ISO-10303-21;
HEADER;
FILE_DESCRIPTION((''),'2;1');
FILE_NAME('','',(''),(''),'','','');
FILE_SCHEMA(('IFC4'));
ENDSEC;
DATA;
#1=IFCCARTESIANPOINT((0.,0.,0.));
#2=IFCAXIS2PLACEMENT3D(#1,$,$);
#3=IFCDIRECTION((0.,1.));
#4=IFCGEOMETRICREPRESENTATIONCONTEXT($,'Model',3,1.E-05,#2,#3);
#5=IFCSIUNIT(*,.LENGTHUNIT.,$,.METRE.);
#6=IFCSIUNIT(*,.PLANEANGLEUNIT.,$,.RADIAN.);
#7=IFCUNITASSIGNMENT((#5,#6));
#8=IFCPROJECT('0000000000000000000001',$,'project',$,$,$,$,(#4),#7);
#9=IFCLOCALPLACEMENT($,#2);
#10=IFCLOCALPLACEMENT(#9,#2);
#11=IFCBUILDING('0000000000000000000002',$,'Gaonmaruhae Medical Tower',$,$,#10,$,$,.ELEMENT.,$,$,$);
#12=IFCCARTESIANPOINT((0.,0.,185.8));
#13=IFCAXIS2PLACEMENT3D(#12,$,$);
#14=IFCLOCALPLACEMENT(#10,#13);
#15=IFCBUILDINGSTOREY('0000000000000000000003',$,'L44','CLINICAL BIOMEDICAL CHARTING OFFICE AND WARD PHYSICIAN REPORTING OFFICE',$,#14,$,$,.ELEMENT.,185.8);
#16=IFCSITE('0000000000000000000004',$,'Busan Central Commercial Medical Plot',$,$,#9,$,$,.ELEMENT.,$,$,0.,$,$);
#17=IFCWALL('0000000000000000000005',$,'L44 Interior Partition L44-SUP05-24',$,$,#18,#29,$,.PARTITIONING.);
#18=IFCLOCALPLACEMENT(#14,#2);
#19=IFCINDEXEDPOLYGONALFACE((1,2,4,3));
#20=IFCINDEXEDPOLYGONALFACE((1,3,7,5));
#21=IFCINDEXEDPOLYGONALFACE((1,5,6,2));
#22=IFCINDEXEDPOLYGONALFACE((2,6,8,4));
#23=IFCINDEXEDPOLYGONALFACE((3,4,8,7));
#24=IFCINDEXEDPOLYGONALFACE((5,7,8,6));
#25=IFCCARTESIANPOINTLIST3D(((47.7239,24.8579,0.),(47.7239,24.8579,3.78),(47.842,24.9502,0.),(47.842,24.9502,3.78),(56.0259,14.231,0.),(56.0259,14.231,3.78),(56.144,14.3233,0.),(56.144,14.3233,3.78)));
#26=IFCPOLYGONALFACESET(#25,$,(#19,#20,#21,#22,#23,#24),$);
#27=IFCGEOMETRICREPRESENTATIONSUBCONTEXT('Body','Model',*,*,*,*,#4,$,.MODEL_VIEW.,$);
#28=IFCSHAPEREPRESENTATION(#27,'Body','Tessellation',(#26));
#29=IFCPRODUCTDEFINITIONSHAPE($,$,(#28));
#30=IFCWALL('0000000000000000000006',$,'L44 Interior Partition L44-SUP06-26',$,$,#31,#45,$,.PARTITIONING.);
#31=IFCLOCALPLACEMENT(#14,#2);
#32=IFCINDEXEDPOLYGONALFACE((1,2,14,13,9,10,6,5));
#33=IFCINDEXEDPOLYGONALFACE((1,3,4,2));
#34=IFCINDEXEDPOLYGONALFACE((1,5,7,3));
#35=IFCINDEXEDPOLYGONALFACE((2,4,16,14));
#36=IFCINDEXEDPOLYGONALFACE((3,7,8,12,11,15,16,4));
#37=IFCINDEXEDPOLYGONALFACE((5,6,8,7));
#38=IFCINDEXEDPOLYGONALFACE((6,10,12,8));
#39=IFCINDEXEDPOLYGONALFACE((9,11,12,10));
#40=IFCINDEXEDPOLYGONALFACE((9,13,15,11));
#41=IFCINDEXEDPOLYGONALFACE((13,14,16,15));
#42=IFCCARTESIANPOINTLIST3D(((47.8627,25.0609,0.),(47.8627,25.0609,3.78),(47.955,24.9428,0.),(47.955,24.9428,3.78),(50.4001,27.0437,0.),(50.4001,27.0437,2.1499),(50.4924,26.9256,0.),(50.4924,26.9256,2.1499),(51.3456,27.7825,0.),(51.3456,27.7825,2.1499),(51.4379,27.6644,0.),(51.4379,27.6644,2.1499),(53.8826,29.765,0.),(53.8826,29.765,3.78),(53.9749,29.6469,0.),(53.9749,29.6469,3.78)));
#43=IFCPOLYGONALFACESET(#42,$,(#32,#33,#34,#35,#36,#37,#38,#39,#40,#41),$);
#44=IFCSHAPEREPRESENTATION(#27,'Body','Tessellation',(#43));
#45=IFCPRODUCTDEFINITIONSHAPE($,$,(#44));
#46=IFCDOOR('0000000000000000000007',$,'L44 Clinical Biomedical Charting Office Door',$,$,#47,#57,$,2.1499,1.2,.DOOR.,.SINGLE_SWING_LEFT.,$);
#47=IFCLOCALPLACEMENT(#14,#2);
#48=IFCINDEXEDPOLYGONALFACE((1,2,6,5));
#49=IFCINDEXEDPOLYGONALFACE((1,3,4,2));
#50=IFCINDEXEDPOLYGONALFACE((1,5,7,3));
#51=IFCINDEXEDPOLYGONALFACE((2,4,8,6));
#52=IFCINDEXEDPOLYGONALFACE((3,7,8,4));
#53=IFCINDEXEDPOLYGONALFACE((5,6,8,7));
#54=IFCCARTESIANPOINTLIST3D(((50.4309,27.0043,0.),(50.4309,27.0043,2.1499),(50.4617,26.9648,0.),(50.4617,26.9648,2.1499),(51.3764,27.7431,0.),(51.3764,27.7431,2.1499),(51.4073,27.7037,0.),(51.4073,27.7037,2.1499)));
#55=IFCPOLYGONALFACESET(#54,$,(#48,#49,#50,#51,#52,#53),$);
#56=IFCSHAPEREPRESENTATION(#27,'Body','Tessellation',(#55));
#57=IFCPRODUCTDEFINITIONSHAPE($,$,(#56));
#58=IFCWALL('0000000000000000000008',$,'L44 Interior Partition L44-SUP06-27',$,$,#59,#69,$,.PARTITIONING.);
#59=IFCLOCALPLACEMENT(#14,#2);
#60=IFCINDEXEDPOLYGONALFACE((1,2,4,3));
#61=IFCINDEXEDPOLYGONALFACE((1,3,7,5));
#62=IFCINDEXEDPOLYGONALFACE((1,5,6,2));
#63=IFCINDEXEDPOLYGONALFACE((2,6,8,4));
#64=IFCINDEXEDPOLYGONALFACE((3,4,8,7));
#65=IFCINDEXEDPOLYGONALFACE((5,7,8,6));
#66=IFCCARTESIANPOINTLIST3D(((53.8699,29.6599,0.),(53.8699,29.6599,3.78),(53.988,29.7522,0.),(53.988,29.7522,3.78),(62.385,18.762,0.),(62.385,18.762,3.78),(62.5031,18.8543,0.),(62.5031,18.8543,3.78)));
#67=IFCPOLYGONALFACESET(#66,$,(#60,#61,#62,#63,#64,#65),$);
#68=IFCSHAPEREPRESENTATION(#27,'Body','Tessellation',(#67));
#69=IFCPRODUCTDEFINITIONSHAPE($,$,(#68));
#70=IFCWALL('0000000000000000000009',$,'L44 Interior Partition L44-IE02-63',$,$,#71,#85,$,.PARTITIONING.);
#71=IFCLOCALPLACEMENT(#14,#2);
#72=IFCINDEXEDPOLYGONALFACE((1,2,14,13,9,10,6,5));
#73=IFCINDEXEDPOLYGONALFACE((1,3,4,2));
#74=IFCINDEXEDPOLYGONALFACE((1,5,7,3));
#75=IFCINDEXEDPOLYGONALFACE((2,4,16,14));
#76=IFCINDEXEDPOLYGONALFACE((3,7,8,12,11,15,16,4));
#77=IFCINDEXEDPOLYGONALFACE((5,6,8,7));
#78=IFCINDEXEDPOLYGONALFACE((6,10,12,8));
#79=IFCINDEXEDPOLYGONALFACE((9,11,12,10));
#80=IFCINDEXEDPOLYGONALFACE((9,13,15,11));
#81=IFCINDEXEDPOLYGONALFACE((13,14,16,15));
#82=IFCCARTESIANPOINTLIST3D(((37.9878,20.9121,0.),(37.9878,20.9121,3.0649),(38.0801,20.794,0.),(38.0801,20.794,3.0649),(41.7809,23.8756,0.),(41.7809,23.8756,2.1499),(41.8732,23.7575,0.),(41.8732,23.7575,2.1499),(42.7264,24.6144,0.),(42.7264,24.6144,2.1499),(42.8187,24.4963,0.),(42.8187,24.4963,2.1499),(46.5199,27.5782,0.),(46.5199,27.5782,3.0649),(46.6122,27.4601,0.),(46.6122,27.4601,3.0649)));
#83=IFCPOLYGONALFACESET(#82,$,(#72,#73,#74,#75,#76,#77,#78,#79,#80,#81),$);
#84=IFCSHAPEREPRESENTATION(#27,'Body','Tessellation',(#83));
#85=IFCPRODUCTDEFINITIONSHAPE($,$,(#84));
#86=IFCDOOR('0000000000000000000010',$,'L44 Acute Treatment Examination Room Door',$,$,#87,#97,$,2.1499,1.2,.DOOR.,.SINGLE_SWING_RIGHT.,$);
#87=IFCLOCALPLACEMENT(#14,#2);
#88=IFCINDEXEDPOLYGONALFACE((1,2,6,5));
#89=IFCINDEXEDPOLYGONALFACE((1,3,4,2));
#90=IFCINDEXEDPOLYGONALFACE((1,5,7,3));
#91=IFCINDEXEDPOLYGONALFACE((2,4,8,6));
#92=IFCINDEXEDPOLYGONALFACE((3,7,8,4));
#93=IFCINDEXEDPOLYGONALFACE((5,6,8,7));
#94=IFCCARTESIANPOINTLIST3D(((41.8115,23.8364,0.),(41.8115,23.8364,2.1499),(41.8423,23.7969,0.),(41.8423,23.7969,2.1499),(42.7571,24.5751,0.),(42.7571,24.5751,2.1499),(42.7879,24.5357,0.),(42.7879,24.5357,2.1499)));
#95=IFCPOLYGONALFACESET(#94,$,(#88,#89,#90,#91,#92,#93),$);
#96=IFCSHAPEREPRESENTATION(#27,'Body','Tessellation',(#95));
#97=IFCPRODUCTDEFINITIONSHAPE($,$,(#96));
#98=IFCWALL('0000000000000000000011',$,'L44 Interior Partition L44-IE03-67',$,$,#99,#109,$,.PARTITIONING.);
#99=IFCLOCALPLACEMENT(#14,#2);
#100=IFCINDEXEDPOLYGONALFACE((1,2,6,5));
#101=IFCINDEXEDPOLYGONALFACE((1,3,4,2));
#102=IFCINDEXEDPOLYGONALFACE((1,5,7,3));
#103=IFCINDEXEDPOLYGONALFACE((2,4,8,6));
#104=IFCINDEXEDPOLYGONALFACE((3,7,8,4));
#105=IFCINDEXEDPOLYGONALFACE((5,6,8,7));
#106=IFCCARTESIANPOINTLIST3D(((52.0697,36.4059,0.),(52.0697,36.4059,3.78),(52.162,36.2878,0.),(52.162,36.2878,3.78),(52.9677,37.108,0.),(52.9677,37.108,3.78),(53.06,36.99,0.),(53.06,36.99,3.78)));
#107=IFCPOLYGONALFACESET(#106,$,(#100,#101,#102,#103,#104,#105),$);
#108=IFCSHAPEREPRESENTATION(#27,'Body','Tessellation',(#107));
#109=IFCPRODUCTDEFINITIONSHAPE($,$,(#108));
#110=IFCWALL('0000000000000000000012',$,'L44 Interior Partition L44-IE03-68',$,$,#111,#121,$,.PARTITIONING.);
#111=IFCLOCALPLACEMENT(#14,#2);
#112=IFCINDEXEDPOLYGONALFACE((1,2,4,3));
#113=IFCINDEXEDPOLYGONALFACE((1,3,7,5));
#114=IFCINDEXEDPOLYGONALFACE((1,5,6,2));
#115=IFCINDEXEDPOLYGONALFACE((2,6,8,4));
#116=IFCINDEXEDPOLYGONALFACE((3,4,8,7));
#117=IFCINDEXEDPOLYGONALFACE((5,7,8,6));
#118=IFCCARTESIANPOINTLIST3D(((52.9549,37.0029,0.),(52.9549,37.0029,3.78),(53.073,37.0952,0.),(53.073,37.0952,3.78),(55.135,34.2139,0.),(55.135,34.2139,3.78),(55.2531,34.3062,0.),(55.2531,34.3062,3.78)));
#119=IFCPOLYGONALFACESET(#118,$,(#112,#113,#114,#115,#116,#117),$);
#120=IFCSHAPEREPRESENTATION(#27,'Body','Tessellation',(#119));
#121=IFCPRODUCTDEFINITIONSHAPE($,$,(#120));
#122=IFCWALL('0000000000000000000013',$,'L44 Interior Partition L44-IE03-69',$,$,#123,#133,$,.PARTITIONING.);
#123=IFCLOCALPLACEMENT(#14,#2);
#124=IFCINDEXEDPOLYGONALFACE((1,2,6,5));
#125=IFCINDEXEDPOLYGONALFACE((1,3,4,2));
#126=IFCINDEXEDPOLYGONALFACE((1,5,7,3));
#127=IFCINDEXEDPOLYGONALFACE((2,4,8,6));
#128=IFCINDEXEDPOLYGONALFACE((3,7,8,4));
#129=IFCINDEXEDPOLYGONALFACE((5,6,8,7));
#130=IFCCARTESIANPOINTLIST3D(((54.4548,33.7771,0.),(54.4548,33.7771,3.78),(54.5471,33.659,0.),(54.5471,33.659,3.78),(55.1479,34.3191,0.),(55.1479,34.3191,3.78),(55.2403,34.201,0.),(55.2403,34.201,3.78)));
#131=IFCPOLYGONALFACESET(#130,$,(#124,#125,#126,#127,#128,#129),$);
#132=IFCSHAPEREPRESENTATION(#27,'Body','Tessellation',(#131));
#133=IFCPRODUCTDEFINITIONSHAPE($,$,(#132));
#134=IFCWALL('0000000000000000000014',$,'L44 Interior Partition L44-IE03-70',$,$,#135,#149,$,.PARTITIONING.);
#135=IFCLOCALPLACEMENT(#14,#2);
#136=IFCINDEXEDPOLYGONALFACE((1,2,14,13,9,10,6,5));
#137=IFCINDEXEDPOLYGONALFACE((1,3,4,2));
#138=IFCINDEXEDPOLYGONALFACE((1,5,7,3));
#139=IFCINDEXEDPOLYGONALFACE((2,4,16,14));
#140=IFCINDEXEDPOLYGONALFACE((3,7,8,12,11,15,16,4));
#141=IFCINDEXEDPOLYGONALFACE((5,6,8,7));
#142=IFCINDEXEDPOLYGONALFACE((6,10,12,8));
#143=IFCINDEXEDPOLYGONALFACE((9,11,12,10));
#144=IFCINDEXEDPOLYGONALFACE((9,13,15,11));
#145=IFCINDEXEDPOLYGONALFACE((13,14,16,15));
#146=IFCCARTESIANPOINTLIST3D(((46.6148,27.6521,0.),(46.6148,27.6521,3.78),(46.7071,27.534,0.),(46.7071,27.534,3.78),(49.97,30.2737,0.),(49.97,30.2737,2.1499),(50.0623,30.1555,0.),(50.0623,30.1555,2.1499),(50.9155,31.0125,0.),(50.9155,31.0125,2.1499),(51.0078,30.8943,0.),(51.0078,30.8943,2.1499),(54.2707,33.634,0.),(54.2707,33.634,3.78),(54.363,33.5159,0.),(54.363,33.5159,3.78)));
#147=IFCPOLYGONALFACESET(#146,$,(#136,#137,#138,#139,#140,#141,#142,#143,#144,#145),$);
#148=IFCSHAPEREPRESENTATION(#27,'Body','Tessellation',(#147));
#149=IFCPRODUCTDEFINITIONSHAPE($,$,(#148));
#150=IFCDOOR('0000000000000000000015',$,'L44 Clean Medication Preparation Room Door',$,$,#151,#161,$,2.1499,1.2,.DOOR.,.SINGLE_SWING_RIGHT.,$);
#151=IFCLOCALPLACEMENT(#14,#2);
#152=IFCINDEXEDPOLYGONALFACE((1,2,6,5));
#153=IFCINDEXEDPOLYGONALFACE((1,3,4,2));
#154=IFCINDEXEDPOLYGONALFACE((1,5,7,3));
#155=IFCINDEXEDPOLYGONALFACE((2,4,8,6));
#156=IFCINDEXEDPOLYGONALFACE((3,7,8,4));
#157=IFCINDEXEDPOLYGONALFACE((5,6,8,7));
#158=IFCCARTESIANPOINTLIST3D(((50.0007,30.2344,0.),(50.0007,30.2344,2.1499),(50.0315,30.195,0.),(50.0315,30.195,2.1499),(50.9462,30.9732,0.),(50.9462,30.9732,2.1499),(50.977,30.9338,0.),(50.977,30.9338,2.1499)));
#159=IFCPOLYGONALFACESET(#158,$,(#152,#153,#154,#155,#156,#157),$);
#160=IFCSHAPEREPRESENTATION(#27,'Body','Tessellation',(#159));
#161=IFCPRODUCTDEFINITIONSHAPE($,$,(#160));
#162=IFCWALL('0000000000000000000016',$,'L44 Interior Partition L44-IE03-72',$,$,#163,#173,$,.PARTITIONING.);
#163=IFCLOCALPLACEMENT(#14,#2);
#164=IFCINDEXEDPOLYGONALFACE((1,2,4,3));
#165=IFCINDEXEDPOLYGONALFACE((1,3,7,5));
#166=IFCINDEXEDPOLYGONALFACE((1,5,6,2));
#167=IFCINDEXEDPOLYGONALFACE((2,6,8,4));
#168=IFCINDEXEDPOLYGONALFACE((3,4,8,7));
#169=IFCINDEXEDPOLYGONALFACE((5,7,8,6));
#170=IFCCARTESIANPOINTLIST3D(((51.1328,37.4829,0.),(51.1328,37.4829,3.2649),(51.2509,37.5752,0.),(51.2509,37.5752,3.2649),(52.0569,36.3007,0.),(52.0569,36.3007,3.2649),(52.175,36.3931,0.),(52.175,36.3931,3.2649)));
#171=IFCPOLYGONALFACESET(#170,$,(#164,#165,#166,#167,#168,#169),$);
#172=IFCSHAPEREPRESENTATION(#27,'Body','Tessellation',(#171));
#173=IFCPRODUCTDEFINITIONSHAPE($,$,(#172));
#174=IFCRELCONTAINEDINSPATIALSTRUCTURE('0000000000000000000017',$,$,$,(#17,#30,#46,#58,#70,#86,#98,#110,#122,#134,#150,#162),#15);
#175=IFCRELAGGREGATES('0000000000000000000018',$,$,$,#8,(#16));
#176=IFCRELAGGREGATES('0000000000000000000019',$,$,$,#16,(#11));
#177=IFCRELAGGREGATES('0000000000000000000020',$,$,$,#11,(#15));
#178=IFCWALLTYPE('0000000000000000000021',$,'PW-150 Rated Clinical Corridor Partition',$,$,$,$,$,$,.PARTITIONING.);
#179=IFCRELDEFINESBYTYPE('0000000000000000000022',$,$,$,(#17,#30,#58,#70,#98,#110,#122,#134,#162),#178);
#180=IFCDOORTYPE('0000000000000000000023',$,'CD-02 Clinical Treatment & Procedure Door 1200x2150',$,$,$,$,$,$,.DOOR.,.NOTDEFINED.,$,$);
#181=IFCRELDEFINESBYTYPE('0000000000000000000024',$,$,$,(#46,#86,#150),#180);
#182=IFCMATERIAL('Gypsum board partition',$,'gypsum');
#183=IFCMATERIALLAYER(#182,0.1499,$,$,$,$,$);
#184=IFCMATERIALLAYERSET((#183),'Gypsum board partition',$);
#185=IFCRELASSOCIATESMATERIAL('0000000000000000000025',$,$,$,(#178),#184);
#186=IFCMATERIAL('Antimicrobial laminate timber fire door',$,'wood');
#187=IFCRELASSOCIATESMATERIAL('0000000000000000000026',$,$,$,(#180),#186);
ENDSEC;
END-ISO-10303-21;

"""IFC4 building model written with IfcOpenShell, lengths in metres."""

from ifc_helpers import new_model, si_unit, direction, frame, frame_2d, origin, place, context, subcontext, project, spatial, rectangle, extrude, material, layer, layer_set, type_object, element, fill, save


model = new_model("IFC4")

# Units and contexts
model_context = context("Model", 3, precision=1e-05, world=origin(), true_north=direction((0.0, 1.0)))
body_context = subcontext(model_context, "Body", "Model", "MODEL_VIEW")
ifc_project = project(units=[si_unit("LENGTHUNIT", "METRE"), si_unit("PLANEANGLEUNIT", "RADIAN")], contexts=[model_context])

# Site, building, storey
site_placement = place(None, origin())
site = spatial("IfcSite", under=ifc_project, at=site_placement, Name="Busan Central Commercial Medical Plot", CompositionType="ELEMENT", RefElevation=0.0)
building_placement = place(site_placement, origin())
building = spatial("IfcBuilding", under=site, at=building_placement, Name="Gaonmaruhae Medical Tower", CompositionType="ELEMENT")
storey_placement = place(building_placement, frame((0.0, 0.0, 185.8)))
storey = spatial("IfcBuildingStorey", under=building, at=storey_placement, Name="L44", Description="CLINICAL BIOMEDICAL CHARTING OFFICE AND WARD PHYSICIAN REPORTING OFFICE", CompositionType="ELEMENT", Elevation=185.8)

# Wall
ifc_material_1 = material(Name="Gypsum board partition", Category="gypsum")
ifc_layer_1 = layer(ifc_material_1, 0.1499)
ifc_layer_set_1 = layer_set([ifc_layer_1], Name="Gypsum board partition")
wall_type_1 = type_object("IfcWallType", Name="PW-150 Rated Clinical Corridor Partition", PredefinedType="PARTITIONING", material=ifc_layer_set_1)
wall_1_placement = place(storey_placement, frame((47.783, 24.9041, 0.0), z_axis=(0.0, 0.0, 1.0), x_axis=(0.61563, -0.788035, 0.0)))
element("IfcWall", 1, at=wall_1_placement, inside=storey, type_object=wall_type_1, Name="L44 Interior Partition L44-SUP05-24", PredefinedType="PARTITIONING", context=body_context, shape_type="SweptSolid", body=[
    extrude(rectangle(XDim=13.4854, YDim=0.1499, at=frame_2d((6.7427, 0.0))), origin(), (0.0, 0.0, 1.0), 3.78),
])

# Wall, opening, door
wall_2_placement = place(storey_placement, frame((47.9089, 25.002, 0.0), z_axis=(0.0, 0.0, 1.0), x_axis=(0.787963, 0.615722, 0.0)))
wall_2 = element("IfcWall", 2, at=wall_2_placement, inside=storey, type_object=wall_type_1, Name="L44 Interior Partition L44-SUP06-26", PredefinedType="PARTITIONING", context=body_context, shape_type="SweptSolid", body=[
    extrude(rectangle(XDim=7.6399, YDim=0.1499, at=frame_2d((3.8198, 0.0))), origin(), (0.0, 0.0, 1.0), 3.78),
])
opening_1_placement = place(wall_2_placement, frame((3.22, 0.0, 0.0)))
opening_1 = element("IfcOpeningElement", 3, at=opening_1_placement, cuts=wall_2, PredefinedType="OPENING", context=body_context, shape_type="SweptSolid", body=[
    extrude(rectangle(XDim=1.2, YDim=2.1499, at=frame_2d((0.6001, 1.075))), frame((0.0, 0.085, 0.0), z_axis=(0.0, -1.0, 0.0), x_axis=(1.0, 0.0, 0.0)), (0.0, 0.0, 1.0), 0.1699),
])
ifc_material_2 = material(Name="Antimicrobial laminate timber fire door", Category="wood")
door_type_1 = type_object("IfcDoorType", Name="CD-02 Clinical Treatment & Procedure Door 1200x2150", OperationType="NOTDEFINED", PredefinedType="DOOR", material=ifc_material_2)
door_1_placement = place(opening_1_placement, origin())
door_1 = element("IfcDoor", 4, at=door_1_placement, inside=storey, type_object=door_type_1, Name="L44 Clinical Biomedical Charting Office Door", OperationType="SINGLE_SWING_LEFT", OverallHeight=2.1499, OverallWidth=1.2, PredefinedType="DOOR", context=body_context, shape_type="SweptSolid", body=[
    extrude(rectangle(XDim=1.2, YDim=2.1499, at=frame_2d((0.6001, 1.075))), frame((0.0, 0.0249, 0.0), z_axis=(0.0, -1.0, 0.0), x_axis=(1.0, 0.0, 0.0)), (0.0, 0.0, 1.0), 0.05),
])
fill(opening_1, door_1)

# Wall
wall_3_placement = place(storey_placement, frame((53.929, 29.7061, 0.0), z_axis=(0.0, 0.0, 1.0), x_axis=(0.615694, -0.787985, 0.0)))
element("IfcWall", 5, at=wall_3_placement, inside=storey, type_object=wall_type_1, Name="L44 Interior Partition L44-SUP06-27", PredefinedType="PARTITIONING", context=body_context, shape_type="SweptSolid", body=[
    extrude(rectangle(XDim=13.8301, YDim=0.1499, at=frame_2d((6.915, 0.0))), origin(), (0.0, 0.0, 1.0), 3.78),
])

# Wall, opening, door
wall_4_placement = place(storey_placement, frame((46.5659, 27.519, 0.0), z_axis=(0.0, 0.0, 1.0), x_axis=(-0.788006, -0.615667, 0.0)))
wall_4 = element("IfcWall", 6, at=wall_4_placement, inside=storey, type_object=wall_type_1, Name="L44 Interior Partition L44-IE02-63", PredefinedType="PARTITIONING", context=body_context, shape_type="SweptSolid", body=[
    extrude(rectangle(XDim=10.8274, YDim=0.1499, at=frame_2d((5.4136, 0.0))), origin(), (0.0, 0.0, 1.0), 3.0649),
])
opening_2_placement = place(wall_4_placement, frame((4.8137, 0.0, 0.0)))
opening_2 = element("IfcOpeningElement", 7, at=opening_2_placement, cuts=wall_4, PredefinedType="OPENING", context=body_context, shape_type="SweptSolid", body=[
    extrude(rectangle(XDim=1.2, YDim=2.1499, at=frame_2d((0.6001, 1.075))), frame((0.0, 0.085, 0.0), z_axis=(0.0, -1.0, 0.0), x_axis=(1.0, 0.0, 0.0)), (0.0, 0.0, 1.0), 0.1699),
])
door_2_placement = place(opening_2_placement, origin())
door_2 = element("IfcDoor", 8, at=door_2_placement, inside=storey, type_object=door_type_1, Name="L44 Acute Treatment Examination Room Door", OperationType="SINGLE_SWING_RIGHT", OverallHeight=2.1499, OverallWidth=1.2, PredefinedType="DOOR", context=body_context, shape_type="SweptSolid", body=[
    extrude(rectangle(XDim=1.2, YDim=2.1499, at=frame_2d((0.6001, 1.075))), frame((0.0, 0.0249, 0.0), z_axis=(0.0, -1.0, 0.0), x_axis=(1.0, 0.0, 0.0)), (0.0, 0.0, 1.0), 0.05),
])
fill(opening_2, door_2)

# Walls
wall_5_placement = place(storey_placement, frame((52.116, 36.3469, 0.0), z_axis=(0.0, 0.0, 1.0), x_axis=(0.787758, 0.615985, 0.0)))
element("IfcWall", 9, at=wall_5_placement, inside=storey, type_object=wall_type_1, Name="L44 Interior Partition L44-IE03-67", PredefinedType="PARTITIONING", context=body_context, shape_type="SweptSolid", body=[
    extrude(rectangle(XDim=1.1399, YDim=0.1499, at=frame_2d((0.5698, 0.0))), origin(), (0.0, 0.0, 1.0), 3.78),
])
wall_6_placement = place(storey_placement, frame((53.0139, 37.0491, 0.0), z_axis=(0.0, 0.0, 1.0), x_axis=(0.615858, -0.787857, 0.0)))
element("IfcWall", 10, at=wall_6_placement, inside=storey, type_object=wall_type_1, Name="L44 Interior Partition L44-IE03-68", PredefinedType="PARTITIONING", context=body_context, shape_type="SweptSolid", body=[
    extrude(rectangle(XDim=3.54, YDim=0.1499, at=frame_2d((1.77, 0.0))), origin(), (0.0, 0.0, 1.0), 3.78),
])
wall_7_placement = place(storey_placement, frame((55.1941, 34.26, 0.0), z_axis=(0.0, 0.0, 1.0), x_axis=(-0.787751, -0.615994, 0.0)))
element("IfcWall", 11, at=wall_7_placement, inside=storey, type_object=wall_type_1, Name="L44 Interior Partition L44-IE03-69", PredefinedType="PARTITIONING", context=body_context, shape_type="SweptSolid", body=[
    extrude(rectangle(XDim=0.8799, YDim=0.1499, at=frame_2d((0.4399, 0.0))), origin(), (0.0, 0.0, 1.0), 3.78),
])

# Wall, opening, door
wall_8_placement = place(storey_placement, frame((54.3169, 33.575, 0.0), z_axis=(0.0, 0.0, 1.0), x_axis=(-0.78799, -0.615687, 0.0)))
wall_8 = element("IfcWall", 12, at=wall_8_placement, inside=storey, type_object=wall_type_1, Name="L44 Interior Partition L44-IE03-70", PredefinedType="PARTITIONING", context=body_context, shape_type="SweptSolid", body=[
    extrude(rectangle(XDim=9.7158, YDim=0.1499, at=frame_2d((4.8579, 0.0))), origin(), (0.0, 0.0, 1.0), 3.78),
])
opening_3_placement = place(wall_8_placement, frame((4.2578, 0.0, 0.0)))
opening_3 = element("IfcOpeningElement", 13, at=opening_3_placement, cuts=wall_8, PredefinedType="OPENING", context=body_context, shape_type="SweptSolid", body=[
    extrude(rectangle(XDim=1.2, YDim=2.1499, at=frame_2d((0.6001, 1.075))), frame((0.0, 0.085, 0.0), z_axis=(0.0, -1.0, 0.0), x_axis=(1.0, 0.0, 0.0)), (0.0, 0.0, 1.0), 0.1699),
])
door_3_placement = place(opening_3_placement, origin())
door_3 = element("IfcDoor", 14, at=door_3_placement, inside=storey, type_object=door_type_1, Name="L44 Clean Medication Preparation Room Door", OperationType="SINGLE_SWING_RIGHT", OverallHeight=2.1499, OverallWidth=1.2, PredefinedType="DOOR", context=body_context, shape_type="SweptSolid", body=[
    extrude(rectangle(XDim=1.2, YDim=2.1499, at=frame_2d((0.6001, 1.075))), frame((0.0, 0.0249, 0.0), z_axis=(0.0, -1.0, 0.0), x_axis=(1.0, 0.0, 0.0)), (0.0, 0.0, 1.0), 0.05),
])
fill(opening_3, door_3)

# Wall
wall_9_placement = place(storey_placement, frame((51.1919, 37.5291, 0.0), z_axis=(0.0, 0.0, 1.0), x_axis=(0.615865, -0.787852, 0.0)))
element("IfcWall", 15, at=wall_9_placement, inside=storey, type_object=wall_type_1, Name="L44 Interior Partition L44-IE03-72", PredefinedType="PARTITIONING", context=body_context, shape_type="SweptSolid", body=[
    extrude(rectangle(XDim=1.5005, YDim=0.1499, at=frame_2d((0.7502, 0.0))), origin(), (0.0, 0.0, 1.0), 3.2649),
])

save(model, "model.ifc")
